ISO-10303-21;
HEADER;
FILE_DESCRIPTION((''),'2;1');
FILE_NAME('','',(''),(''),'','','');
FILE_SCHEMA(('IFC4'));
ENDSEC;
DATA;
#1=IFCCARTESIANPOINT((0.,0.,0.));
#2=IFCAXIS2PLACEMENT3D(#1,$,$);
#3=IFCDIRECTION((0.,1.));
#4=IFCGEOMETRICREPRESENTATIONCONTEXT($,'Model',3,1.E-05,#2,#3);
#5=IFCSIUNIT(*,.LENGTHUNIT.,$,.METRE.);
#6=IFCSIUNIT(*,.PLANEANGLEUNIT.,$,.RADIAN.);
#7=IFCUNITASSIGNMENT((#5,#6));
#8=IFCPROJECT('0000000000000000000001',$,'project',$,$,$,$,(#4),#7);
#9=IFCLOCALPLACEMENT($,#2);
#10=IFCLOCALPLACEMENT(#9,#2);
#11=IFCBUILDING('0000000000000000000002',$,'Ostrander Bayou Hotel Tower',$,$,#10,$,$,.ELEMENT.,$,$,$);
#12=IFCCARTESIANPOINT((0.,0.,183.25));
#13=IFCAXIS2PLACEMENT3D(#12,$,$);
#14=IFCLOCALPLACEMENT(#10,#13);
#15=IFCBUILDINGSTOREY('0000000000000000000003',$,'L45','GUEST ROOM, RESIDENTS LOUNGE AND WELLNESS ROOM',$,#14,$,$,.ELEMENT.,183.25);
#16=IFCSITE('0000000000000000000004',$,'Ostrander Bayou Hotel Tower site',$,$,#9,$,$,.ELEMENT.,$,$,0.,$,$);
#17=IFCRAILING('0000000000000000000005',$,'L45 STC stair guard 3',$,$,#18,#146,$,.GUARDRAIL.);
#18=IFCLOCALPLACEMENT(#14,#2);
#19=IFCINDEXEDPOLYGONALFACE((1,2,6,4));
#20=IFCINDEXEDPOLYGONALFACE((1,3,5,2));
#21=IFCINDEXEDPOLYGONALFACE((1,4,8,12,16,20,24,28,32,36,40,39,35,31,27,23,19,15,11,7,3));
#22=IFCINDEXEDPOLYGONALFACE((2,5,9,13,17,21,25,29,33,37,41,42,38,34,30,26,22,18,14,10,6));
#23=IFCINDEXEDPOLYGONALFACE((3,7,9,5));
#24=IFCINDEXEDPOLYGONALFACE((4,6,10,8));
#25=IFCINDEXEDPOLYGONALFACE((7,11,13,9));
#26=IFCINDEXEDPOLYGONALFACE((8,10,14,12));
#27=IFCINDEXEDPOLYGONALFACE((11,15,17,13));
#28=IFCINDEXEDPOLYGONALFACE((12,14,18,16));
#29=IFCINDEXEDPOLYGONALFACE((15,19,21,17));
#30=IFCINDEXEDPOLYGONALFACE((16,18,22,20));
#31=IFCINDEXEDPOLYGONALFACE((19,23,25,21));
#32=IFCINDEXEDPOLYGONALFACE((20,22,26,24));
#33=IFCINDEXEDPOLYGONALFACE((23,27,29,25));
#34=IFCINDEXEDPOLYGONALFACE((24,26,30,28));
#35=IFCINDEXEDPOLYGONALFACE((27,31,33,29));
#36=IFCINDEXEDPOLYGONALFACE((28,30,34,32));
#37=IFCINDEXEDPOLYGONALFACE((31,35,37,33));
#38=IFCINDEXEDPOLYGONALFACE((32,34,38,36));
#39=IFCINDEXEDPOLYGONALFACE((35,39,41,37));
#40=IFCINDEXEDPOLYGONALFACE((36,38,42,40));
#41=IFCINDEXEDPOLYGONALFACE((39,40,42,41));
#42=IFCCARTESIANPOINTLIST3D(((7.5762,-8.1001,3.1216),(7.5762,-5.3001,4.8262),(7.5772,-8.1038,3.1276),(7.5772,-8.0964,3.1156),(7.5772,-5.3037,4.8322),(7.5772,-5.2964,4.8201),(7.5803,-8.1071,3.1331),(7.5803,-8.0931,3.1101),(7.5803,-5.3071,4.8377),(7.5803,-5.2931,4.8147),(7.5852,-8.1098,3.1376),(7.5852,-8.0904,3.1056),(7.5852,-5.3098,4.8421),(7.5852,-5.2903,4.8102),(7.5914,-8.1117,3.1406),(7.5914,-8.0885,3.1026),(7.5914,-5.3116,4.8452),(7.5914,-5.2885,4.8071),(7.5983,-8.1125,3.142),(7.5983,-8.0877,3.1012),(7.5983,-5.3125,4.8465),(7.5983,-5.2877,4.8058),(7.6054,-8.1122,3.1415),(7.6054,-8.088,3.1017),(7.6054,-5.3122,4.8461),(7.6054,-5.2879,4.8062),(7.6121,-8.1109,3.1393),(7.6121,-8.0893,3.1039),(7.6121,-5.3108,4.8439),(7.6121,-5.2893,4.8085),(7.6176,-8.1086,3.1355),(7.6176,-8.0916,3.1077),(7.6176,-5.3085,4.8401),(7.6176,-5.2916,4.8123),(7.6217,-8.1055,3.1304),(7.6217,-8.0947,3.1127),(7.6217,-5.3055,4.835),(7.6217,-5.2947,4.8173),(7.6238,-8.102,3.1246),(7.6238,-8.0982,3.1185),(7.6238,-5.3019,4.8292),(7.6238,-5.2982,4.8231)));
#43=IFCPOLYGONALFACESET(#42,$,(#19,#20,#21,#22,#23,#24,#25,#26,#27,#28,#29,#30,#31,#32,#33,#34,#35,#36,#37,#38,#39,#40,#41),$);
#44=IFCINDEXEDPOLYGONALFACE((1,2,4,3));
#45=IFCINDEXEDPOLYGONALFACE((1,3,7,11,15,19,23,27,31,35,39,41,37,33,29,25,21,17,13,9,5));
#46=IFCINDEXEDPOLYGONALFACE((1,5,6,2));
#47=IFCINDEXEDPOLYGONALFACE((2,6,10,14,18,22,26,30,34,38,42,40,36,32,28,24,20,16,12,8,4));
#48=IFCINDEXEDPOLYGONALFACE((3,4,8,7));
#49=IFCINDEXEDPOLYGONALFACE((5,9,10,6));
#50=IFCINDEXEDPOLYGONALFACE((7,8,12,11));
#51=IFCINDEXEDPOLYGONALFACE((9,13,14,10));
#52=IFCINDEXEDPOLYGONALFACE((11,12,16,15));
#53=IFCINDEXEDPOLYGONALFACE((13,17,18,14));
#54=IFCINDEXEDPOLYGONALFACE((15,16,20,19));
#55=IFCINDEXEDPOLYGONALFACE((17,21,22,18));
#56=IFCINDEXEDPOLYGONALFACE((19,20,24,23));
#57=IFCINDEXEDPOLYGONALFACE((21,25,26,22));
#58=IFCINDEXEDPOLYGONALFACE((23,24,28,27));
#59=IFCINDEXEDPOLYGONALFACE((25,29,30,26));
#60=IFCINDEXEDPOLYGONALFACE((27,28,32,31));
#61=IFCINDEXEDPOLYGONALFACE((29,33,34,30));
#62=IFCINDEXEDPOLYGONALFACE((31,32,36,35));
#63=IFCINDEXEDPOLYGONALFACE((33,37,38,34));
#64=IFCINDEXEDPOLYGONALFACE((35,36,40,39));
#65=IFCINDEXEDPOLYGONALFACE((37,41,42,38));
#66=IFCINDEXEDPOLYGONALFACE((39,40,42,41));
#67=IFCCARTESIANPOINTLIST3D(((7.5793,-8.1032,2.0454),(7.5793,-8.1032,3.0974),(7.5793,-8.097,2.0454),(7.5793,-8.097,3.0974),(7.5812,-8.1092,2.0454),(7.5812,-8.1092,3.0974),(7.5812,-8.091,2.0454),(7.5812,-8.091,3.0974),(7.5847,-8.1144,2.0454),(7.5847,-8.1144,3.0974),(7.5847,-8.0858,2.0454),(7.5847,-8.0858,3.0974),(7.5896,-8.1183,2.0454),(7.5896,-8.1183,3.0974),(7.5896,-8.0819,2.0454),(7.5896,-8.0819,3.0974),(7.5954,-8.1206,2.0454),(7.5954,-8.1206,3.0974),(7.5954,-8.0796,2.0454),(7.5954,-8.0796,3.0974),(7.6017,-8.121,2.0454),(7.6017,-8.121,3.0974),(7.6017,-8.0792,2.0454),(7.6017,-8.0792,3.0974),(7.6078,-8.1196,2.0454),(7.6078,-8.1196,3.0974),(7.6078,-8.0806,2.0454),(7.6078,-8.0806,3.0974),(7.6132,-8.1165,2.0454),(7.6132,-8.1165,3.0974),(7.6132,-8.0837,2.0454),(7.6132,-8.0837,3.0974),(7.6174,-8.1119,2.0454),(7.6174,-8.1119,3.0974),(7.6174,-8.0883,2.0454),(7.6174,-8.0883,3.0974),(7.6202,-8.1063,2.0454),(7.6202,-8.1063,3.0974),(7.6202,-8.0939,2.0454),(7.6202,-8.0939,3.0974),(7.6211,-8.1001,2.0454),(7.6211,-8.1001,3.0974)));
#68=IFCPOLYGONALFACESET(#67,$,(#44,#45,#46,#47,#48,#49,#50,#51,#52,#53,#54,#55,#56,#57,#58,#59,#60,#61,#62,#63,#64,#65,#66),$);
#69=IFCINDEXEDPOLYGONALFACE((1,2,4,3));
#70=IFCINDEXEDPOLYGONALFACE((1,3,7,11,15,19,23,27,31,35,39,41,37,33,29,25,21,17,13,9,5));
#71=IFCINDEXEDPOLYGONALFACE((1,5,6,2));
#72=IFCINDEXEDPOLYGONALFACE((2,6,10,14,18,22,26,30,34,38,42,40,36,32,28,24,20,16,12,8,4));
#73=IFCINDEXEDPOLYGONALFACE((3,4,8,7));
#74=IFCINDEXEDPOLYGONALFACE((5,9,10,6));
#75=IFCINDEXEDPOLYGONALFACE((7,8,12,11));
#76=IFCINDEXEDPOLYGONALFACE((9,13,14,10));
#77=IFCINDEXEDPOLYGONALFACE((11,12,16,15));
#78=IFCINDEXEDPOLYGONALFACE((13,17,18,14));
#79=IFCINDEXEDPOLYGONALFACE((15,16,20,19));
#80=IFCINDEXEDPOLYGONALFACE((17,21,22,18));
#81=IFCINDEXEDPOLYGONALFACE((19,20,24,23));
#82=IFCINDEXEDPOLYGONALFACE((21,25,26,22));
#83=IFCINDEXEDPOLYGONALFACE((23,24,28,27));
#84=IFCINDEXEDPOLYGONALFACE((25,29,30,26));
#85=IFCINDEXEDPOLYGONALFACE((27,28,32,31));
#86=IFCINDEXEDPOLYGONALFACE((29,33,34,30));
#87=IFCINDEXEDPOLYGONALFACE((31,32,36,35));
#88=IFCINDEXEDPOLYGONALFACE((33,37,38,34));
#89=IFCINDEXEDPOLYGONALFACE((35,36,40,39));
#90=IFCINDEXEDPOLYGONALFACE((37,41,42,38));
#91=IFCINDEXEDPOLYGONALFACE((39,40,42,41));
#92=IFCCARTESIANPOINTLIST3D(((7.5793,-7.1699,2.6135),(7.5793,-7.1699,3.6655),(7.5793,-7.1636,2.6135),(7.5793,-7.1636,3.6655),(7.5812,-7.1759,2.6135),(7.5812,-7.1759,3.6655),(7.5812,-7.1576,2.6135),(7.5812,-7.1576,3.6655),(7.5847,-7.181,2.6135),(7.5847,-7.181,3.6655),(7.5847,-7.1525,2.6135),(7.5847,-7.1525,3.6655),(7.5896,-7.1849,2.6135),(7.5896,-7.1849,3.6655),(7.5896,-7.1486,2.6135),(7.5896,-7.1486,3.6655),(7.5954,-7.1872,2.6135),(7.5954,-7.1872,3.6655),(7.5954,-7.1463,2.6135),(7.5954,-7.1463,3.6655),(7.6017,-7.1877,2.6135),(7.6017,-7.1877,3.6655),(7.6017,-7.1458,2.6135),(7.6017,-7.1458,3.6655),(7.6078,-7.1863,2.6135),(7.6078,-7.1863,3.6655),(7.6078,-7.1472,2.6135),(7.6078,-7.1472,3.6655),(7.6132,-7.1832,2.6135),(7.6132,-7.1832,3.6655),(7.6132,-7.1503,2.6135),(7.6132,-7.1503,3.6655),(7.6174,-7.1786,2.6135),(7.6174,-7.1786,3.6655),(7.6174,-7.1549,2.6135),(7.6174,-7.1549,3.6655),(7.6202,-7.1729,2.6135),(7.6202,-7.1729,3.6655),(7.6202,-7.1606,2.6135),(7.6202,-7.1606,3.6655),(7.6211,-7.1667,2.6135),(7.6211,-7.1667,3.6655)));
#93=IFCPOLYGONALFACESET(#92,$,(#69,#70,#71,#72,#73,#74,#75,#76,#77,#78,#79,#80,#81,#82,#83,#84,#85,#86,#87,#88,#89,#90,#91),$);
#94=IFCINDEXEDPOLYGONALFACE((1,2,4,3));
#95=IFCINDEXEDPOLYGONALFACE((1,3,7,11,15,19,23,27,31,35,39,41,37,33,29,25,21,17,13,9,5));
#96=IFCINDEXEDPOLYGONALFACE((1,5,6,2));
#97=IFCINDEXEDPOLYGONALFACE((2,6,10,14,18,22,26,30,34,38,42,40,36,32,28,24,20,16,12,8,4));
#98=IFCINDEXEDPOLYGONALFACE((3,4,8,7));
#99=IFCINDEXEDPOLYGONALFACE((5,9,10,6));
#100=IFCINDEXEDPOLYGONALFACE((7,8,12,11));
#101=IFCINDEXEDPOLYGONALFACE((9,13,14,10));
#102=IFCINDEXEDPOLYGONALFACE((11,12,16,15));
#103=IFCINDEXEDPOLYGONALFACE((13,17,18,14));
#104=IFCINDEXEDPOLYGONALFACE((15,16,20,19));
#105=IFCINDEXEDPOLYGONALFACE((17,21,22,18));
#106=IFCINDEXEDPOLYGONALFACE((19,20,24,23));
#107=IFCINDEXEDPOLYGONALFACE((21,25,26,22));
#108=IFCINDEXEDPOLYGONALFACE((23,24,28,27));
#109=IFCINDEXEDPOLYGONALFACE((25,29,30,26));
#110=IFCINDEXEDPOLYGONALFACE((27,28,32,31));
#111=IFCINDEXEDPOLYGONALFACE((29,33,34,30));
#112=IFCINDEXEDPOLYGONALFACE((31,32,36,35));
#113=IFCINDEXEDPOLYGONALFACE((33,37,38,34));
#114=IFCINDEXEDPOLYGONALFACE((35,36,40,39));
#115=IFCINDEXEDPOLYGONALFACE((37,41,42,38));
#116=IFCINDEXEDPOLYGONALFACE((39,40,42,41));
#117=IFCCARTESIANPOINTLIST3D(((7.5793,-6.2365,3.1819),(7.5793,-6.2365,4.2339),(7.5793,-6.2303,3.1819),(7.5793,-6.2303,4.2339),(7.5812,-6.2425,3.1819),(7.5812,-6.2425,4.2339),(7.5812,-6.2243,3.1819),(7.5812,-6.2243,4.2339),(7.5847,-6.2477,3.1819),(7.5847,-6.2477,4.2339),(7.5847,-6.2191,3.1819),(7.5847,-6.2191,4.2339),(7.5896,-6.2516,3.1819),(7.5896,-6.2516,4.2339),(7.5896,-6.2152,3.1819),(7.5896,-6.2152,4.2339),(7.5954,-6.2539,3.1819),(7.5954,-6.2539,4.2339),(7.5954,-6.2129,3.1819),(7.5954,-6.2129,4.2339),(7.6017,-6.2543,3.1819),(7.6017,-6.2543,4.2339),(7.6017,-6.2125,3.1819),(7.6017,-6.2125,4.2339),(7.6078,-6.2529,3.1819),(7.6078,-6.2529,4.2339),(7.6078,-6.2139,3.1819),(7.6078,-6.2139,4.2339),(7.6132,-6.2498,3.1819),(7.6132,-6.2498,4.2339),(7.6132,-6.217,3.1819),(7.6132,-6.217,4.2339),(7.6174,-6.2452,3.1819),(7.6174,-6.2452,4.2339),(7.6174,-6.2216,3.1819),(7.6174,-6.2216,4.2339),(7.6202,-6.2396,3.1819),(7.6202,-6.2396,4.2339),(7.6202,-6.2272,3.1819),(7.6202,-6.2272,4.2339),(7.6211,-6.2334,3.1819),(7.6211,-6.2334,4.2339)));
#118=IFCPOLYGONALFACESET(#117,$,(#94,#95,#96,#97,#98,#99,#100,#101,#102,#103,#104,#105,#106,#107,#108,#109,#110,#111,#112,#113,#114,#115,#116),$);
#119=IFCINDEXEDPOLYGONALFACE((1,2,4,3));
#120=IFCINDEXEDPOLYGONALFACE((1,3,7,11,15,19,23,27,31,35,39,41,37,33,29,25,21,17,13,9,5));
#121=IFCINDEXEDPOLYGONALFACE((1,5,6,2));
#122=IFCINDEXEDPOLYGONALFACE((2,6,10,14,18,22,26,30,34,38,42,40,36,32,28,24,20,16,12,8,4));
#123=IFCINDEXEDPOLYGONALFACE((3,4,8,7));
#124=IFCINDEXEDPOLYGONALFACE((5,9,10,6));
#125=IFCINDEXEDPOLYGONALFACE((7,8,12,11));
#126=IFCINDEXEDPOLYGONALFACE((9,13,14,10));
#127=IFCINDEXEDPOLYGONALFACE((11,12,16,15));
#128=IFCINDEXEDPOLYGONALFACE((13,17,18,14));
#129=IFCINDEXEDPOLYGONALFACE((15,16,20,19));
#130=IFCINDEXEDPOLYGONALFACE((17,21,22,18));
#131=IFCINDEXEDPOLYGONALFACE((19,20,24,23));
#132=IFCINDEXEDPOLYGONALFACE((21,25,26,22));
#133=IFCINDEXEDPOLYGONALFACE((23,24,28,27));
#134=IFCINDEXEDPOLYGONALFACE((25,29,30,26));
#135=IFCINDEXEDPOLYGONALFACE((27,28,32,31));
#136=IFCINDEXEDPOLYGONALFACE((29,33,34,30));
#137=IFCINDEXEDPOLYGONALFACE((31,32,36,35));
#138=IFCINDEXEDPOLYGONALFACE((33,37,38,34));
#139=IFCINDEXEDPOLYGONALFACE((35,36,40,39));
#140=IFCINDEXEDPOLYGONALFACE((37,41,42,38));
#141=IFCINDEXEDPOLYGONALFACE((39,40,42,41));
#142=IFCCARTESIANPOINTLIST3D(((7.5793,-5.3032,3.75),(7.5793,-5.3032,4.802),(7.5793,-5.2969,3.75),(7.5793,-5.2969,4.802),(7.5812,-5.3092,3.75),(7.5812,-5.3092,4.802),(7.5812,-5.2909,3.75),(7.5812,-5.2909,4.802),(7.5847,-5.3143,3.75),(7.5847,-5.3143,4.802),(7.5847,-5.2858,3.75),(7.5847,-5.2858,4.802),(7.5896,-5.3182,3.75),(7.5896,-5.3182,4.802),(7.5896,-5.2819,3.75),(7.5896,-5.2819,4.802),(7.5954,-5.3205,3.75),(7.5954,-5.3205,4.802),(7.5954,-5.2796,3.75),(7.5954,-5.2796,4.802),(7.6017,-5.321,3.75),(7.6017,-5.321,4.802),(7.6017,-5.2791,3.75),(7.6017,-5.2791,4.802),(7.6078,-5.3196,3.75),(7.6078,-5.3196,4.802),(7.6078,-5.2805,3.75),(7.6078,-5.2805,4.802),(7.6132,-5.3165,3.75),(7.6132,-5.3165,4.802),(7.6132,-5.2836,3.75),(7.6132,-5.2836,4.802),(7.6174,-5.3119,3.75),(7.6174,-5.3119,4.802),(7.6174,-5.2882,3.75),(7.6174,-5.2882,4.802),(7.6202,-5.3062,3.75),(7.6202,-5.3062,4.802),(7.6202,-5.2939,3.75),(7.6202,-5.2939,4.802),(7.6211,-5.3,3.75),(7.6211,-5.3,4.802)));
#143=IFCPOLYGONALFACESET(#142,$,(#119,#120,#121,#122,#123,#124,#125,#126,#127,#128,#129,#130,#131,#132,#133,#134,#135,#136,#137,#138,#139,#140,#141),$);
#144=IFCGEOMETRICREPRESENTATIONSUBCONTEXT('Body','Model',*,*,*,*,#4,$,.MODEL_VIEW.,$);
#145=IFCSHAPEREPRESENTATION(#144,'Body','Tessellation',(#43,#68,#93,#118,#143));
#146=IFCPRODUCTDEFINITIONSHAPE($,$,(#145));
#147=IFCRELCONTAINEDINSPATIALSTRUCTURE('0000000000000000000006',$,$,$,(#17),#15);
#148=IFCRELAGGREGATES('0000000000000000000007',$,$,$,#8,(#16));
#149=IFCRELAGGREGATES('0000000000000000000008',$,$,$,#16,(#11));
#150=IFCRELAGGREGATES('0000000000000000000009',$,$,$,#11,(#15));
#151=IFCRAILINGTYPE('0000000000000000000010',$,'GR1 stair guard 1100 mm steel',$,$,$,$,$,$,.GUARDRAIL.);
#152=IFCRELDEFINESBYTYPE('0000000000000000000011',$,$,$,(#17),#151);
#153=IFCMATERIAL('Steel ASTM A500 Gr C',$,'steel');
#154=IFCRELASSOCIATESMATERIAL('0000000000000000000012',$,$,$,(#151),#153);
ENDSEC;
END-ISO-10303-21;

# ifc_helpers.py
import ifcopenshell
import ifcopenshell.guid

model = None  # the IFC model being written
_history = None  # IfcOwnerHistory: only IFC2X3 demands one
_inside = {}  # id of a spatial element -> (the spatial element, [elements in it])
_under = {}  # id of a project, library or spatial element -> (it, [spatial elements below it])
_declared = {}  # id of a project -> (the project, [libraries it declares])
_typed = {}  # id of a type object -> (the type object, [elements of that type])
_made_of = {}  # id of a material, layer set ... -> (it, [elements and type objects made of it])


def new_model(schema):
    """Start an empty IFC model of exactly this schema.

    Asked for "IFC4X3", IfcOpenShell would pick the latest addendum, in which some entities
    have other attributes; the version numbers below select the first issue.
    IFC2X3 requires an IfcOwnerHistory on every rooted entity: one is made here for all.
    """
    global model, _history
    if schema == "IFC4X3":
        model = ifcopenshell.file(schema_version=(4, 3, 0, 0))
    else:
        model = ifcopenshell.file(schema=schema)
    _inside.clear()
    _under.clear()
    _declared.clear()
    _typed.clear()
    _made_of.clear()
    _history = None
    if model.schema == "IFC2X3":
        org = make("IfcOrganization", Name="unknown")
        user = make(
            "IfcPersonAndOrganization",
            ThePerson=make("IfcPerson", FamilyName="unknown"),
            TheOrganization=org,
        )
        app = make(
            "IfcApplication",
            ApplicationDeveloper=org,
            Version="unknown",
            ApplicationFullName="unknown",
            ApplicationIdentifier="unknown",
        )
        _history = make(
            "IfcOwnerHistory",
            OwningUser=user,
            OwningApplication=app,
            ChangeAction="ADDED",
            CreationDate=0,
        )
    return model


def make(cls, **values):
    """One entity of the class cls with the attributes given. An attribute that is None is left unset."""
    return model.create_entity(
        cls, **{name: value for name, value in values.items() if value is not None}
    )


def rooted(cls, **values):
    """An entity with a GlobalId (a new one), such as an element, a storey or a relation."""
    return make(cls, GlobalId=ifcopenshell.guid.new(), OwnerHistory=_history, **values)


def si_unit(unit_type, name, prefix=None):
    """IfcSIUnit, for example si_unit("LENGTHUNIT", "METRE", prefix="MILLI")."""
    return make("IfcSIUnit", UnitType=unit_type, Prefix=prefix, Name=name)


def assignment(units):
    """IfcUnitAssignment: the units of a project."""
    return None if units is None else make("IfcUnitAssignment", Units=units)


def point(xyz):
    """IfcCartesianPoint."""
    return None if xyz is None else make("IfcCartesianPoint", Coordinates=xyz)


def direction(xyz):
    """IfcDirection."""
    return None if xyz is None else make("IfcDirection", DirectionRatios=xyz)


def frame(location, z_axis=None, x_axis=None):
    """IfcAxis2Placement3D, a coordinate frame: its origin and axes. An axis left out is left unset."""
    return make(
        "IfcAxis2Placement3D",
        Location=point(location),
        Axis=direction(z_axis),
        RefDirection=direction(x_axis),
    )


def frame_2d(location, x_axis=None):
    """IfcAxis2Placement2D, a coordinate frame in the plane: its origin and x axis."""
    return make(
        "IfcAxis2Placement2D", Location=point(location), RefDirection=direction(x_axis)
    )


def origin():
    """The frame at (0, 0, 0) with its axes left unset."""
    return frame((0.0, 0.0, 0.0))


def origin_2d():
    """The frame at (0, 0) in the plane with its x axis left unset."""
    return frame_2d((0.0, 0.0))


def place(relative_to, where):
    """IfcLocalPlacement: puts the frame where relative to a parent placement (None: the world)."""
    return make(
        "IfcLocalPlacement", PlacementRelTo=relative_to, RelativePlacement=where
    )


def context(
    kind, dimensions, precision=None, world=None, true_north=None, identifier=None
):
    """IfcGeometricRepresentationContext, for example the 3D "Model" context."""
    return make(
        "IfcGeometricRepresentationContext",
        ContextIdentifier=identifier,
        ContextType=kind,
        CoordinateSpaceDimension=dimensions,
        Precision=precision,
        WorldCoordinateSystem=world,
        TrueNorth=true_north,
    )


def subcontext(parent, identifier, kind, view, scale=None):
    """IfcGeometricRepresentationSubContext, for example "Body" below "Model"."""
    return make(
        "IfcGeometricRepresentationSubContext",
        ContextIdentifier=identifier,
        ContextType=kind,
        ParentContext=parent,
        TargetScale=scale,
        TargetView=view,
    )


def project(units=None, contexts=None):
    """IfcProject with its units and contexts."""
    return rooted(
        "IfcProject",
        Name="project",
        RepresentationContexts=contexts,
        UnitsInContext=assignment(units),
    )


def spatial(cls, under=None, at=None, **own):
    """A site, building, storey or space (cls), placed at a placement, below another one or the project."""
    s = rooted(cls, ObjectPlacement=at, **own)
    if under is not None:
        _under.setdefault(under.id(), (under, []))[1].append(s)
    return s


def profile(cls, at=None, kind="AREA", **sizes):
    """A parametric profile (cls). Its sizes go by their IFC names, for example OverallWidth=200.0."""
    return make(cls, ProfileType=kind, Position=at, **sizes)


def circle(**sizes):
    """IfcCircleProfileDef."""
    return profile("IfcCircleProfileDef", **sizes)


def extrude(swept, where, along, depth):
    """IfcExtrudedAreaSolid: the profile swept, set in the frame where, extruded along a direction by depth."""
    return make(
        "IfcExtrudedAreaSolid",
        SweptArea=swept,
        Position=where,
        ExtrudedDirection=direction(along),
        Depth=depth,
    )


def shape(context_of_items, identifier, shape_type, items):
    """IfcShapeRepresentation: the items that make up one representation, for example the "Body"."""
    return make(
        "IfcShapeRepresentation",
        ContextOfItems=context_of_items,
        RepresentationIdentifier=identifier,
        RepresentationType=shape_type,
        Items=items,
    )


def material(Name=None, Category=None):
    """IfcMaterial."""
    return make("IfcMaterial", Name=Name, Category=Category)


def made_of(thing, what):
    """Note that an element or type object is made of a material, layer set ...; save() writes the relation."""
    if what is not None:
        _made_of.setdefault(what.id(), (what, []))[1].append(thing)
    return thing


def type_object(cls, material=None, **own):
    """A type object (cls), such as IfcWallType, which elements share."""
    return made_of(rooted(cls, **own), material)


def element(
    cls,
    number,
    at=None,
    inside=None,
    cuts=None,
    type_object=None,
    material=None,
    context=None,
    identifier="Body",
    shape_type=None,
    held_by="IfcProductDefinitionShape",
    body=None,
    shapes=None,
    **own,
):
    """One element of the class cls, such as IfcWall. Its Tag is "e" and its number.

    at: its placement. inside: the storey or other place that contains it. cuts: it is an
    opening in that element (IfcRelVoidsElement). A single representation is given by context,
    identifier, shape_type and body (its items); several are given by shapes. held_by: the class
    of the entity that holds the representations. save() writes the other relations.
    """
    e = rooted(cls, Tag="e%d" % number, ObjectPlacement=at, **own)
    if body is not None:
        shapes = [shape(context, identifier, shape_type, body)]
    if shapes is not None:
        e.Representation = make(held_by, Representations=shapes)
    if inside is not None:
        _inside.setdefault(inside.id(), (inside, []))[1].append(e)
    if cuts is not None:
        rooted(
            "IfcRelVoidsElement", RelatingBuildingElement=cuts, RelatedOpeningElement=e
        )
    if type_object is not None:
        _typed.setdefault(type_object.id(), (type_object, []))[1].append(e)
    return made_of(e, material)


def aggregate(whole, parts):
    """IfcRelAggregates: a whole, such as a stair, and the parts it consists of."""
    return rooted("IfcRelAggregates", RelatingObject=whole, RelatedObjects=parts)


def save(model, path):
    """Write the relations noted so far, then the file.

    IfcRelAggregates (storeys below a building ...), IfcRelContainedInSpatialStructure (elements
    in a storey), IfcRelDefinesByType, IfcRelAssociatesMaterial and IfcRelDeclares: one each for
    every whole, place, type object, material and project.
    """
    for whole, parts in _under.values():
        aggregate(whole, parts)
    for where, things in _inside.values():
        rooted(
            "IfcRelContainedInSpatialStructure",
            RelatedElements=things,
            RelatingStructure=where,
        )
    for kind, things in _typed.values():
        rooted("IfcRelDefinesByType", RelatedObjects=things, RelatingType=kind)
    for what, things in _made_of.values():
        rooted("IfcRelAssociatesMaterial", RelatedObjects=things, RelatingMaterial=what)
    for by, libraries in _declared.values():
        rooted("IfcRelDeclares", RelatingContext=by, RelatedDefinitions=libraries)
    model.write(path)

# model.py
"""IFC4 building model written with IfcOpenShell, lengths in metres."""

from ifc_helpers import new_model, si_unit, direction, frame, origin, origin_2d, place, context, subcontext, project, spatial, circle, extrude, material, type_object, element, save


model = new_model("IFC4")

# Units and contexts
model_context = context("Model", 3, precision=1e-05, world=origin(), true_north=direction((0.0, 1.0)))
body_context = subcontext(model_context, "Body", "Model", "MODEL_VIEW")
ifc_project = project(units=[si_unit("LENGTHUNIT", "METRE"), si_unit("PLANEANGLEUNIT", "RADIAN")], contexts=[model_context])

# Site, building, storey
site_placement = place(None, origin())
site = spatial("IfcSite", under=ifc_project, at=site_placement, Name="Ostrander Bayou Hotel Tower site", CompositionType="ELEMENT", RefElevation=0.0)
building_placement = place(site_placement, origin())
building = spatial("IfcBuilding", under=site, at=building_placement, Name="Ostrander Bayou Hotel Tower", CompositionType="ELEMENT")
storey_placement = place(building_placement, frame((0.0, 0.0, 183.25)))
storey = spatial("IfcBuildingStorey", under=building, at=storey_placement, Name="L45", Description="GUEST ROOM, RESIDENTS LOUNGE AND WELLNESS ROOM", CompositionType="ELEMENT", Elevation=183.25)

# Railing
ifc_material_1 = material(Name="Steel ASTM A500 Gr C", Category="steel")
railing_type_1 = type_object("IfcRailingType", Name="GR1 stair guard 1100 mm steel", PredefinedType="GUARDRAIL", material=ifc_material_1)
railing_1_placement = place(storey_placement, frame((7.6001, -8.1001, 2.0454)))
element("IfcRailing", 1, at=railing_1_placement, inside=storey, type_object=railing_type_1, Name="L45 STC stair guard 3", PredefinedType="GUARDRAIL", context=body_context, shape_type="SweptSolid", body=[
    extrude(circle(Radius=0.0239, at=origin_2d()), frame((0.0, 0.0, 1.0762), z_axis=(0.0, 0.85417, 0.519994), x_axis=(-1.0, 0.0, 0.0)), (0.0, 0.0, 1.0), 3.2781),
    extrude(circle(Radius=0.021, at=origin_2d()), origin(), (0.0, 0.0, 1.0), 1.052),
    extrude(circle(Radius=0.021, at=origin_2d()), frame((0.0, 0.9333, 0.5681)), (0.0, 0.0, 1.0), 1.052),
    extrude(circle(Radius=0.021, at=origin_2d()), frame((0.0, 1.8667, 1.1365)), (0.0, 0.0, 1.0), 1.052),
    extrude(circle(Radius=0.021, at=origin_2d()), frame((0.0, 2.8, 1.7046)), (0.0, 0.0, 1.0), 1.052),
])

save(model, "model.ifc")
